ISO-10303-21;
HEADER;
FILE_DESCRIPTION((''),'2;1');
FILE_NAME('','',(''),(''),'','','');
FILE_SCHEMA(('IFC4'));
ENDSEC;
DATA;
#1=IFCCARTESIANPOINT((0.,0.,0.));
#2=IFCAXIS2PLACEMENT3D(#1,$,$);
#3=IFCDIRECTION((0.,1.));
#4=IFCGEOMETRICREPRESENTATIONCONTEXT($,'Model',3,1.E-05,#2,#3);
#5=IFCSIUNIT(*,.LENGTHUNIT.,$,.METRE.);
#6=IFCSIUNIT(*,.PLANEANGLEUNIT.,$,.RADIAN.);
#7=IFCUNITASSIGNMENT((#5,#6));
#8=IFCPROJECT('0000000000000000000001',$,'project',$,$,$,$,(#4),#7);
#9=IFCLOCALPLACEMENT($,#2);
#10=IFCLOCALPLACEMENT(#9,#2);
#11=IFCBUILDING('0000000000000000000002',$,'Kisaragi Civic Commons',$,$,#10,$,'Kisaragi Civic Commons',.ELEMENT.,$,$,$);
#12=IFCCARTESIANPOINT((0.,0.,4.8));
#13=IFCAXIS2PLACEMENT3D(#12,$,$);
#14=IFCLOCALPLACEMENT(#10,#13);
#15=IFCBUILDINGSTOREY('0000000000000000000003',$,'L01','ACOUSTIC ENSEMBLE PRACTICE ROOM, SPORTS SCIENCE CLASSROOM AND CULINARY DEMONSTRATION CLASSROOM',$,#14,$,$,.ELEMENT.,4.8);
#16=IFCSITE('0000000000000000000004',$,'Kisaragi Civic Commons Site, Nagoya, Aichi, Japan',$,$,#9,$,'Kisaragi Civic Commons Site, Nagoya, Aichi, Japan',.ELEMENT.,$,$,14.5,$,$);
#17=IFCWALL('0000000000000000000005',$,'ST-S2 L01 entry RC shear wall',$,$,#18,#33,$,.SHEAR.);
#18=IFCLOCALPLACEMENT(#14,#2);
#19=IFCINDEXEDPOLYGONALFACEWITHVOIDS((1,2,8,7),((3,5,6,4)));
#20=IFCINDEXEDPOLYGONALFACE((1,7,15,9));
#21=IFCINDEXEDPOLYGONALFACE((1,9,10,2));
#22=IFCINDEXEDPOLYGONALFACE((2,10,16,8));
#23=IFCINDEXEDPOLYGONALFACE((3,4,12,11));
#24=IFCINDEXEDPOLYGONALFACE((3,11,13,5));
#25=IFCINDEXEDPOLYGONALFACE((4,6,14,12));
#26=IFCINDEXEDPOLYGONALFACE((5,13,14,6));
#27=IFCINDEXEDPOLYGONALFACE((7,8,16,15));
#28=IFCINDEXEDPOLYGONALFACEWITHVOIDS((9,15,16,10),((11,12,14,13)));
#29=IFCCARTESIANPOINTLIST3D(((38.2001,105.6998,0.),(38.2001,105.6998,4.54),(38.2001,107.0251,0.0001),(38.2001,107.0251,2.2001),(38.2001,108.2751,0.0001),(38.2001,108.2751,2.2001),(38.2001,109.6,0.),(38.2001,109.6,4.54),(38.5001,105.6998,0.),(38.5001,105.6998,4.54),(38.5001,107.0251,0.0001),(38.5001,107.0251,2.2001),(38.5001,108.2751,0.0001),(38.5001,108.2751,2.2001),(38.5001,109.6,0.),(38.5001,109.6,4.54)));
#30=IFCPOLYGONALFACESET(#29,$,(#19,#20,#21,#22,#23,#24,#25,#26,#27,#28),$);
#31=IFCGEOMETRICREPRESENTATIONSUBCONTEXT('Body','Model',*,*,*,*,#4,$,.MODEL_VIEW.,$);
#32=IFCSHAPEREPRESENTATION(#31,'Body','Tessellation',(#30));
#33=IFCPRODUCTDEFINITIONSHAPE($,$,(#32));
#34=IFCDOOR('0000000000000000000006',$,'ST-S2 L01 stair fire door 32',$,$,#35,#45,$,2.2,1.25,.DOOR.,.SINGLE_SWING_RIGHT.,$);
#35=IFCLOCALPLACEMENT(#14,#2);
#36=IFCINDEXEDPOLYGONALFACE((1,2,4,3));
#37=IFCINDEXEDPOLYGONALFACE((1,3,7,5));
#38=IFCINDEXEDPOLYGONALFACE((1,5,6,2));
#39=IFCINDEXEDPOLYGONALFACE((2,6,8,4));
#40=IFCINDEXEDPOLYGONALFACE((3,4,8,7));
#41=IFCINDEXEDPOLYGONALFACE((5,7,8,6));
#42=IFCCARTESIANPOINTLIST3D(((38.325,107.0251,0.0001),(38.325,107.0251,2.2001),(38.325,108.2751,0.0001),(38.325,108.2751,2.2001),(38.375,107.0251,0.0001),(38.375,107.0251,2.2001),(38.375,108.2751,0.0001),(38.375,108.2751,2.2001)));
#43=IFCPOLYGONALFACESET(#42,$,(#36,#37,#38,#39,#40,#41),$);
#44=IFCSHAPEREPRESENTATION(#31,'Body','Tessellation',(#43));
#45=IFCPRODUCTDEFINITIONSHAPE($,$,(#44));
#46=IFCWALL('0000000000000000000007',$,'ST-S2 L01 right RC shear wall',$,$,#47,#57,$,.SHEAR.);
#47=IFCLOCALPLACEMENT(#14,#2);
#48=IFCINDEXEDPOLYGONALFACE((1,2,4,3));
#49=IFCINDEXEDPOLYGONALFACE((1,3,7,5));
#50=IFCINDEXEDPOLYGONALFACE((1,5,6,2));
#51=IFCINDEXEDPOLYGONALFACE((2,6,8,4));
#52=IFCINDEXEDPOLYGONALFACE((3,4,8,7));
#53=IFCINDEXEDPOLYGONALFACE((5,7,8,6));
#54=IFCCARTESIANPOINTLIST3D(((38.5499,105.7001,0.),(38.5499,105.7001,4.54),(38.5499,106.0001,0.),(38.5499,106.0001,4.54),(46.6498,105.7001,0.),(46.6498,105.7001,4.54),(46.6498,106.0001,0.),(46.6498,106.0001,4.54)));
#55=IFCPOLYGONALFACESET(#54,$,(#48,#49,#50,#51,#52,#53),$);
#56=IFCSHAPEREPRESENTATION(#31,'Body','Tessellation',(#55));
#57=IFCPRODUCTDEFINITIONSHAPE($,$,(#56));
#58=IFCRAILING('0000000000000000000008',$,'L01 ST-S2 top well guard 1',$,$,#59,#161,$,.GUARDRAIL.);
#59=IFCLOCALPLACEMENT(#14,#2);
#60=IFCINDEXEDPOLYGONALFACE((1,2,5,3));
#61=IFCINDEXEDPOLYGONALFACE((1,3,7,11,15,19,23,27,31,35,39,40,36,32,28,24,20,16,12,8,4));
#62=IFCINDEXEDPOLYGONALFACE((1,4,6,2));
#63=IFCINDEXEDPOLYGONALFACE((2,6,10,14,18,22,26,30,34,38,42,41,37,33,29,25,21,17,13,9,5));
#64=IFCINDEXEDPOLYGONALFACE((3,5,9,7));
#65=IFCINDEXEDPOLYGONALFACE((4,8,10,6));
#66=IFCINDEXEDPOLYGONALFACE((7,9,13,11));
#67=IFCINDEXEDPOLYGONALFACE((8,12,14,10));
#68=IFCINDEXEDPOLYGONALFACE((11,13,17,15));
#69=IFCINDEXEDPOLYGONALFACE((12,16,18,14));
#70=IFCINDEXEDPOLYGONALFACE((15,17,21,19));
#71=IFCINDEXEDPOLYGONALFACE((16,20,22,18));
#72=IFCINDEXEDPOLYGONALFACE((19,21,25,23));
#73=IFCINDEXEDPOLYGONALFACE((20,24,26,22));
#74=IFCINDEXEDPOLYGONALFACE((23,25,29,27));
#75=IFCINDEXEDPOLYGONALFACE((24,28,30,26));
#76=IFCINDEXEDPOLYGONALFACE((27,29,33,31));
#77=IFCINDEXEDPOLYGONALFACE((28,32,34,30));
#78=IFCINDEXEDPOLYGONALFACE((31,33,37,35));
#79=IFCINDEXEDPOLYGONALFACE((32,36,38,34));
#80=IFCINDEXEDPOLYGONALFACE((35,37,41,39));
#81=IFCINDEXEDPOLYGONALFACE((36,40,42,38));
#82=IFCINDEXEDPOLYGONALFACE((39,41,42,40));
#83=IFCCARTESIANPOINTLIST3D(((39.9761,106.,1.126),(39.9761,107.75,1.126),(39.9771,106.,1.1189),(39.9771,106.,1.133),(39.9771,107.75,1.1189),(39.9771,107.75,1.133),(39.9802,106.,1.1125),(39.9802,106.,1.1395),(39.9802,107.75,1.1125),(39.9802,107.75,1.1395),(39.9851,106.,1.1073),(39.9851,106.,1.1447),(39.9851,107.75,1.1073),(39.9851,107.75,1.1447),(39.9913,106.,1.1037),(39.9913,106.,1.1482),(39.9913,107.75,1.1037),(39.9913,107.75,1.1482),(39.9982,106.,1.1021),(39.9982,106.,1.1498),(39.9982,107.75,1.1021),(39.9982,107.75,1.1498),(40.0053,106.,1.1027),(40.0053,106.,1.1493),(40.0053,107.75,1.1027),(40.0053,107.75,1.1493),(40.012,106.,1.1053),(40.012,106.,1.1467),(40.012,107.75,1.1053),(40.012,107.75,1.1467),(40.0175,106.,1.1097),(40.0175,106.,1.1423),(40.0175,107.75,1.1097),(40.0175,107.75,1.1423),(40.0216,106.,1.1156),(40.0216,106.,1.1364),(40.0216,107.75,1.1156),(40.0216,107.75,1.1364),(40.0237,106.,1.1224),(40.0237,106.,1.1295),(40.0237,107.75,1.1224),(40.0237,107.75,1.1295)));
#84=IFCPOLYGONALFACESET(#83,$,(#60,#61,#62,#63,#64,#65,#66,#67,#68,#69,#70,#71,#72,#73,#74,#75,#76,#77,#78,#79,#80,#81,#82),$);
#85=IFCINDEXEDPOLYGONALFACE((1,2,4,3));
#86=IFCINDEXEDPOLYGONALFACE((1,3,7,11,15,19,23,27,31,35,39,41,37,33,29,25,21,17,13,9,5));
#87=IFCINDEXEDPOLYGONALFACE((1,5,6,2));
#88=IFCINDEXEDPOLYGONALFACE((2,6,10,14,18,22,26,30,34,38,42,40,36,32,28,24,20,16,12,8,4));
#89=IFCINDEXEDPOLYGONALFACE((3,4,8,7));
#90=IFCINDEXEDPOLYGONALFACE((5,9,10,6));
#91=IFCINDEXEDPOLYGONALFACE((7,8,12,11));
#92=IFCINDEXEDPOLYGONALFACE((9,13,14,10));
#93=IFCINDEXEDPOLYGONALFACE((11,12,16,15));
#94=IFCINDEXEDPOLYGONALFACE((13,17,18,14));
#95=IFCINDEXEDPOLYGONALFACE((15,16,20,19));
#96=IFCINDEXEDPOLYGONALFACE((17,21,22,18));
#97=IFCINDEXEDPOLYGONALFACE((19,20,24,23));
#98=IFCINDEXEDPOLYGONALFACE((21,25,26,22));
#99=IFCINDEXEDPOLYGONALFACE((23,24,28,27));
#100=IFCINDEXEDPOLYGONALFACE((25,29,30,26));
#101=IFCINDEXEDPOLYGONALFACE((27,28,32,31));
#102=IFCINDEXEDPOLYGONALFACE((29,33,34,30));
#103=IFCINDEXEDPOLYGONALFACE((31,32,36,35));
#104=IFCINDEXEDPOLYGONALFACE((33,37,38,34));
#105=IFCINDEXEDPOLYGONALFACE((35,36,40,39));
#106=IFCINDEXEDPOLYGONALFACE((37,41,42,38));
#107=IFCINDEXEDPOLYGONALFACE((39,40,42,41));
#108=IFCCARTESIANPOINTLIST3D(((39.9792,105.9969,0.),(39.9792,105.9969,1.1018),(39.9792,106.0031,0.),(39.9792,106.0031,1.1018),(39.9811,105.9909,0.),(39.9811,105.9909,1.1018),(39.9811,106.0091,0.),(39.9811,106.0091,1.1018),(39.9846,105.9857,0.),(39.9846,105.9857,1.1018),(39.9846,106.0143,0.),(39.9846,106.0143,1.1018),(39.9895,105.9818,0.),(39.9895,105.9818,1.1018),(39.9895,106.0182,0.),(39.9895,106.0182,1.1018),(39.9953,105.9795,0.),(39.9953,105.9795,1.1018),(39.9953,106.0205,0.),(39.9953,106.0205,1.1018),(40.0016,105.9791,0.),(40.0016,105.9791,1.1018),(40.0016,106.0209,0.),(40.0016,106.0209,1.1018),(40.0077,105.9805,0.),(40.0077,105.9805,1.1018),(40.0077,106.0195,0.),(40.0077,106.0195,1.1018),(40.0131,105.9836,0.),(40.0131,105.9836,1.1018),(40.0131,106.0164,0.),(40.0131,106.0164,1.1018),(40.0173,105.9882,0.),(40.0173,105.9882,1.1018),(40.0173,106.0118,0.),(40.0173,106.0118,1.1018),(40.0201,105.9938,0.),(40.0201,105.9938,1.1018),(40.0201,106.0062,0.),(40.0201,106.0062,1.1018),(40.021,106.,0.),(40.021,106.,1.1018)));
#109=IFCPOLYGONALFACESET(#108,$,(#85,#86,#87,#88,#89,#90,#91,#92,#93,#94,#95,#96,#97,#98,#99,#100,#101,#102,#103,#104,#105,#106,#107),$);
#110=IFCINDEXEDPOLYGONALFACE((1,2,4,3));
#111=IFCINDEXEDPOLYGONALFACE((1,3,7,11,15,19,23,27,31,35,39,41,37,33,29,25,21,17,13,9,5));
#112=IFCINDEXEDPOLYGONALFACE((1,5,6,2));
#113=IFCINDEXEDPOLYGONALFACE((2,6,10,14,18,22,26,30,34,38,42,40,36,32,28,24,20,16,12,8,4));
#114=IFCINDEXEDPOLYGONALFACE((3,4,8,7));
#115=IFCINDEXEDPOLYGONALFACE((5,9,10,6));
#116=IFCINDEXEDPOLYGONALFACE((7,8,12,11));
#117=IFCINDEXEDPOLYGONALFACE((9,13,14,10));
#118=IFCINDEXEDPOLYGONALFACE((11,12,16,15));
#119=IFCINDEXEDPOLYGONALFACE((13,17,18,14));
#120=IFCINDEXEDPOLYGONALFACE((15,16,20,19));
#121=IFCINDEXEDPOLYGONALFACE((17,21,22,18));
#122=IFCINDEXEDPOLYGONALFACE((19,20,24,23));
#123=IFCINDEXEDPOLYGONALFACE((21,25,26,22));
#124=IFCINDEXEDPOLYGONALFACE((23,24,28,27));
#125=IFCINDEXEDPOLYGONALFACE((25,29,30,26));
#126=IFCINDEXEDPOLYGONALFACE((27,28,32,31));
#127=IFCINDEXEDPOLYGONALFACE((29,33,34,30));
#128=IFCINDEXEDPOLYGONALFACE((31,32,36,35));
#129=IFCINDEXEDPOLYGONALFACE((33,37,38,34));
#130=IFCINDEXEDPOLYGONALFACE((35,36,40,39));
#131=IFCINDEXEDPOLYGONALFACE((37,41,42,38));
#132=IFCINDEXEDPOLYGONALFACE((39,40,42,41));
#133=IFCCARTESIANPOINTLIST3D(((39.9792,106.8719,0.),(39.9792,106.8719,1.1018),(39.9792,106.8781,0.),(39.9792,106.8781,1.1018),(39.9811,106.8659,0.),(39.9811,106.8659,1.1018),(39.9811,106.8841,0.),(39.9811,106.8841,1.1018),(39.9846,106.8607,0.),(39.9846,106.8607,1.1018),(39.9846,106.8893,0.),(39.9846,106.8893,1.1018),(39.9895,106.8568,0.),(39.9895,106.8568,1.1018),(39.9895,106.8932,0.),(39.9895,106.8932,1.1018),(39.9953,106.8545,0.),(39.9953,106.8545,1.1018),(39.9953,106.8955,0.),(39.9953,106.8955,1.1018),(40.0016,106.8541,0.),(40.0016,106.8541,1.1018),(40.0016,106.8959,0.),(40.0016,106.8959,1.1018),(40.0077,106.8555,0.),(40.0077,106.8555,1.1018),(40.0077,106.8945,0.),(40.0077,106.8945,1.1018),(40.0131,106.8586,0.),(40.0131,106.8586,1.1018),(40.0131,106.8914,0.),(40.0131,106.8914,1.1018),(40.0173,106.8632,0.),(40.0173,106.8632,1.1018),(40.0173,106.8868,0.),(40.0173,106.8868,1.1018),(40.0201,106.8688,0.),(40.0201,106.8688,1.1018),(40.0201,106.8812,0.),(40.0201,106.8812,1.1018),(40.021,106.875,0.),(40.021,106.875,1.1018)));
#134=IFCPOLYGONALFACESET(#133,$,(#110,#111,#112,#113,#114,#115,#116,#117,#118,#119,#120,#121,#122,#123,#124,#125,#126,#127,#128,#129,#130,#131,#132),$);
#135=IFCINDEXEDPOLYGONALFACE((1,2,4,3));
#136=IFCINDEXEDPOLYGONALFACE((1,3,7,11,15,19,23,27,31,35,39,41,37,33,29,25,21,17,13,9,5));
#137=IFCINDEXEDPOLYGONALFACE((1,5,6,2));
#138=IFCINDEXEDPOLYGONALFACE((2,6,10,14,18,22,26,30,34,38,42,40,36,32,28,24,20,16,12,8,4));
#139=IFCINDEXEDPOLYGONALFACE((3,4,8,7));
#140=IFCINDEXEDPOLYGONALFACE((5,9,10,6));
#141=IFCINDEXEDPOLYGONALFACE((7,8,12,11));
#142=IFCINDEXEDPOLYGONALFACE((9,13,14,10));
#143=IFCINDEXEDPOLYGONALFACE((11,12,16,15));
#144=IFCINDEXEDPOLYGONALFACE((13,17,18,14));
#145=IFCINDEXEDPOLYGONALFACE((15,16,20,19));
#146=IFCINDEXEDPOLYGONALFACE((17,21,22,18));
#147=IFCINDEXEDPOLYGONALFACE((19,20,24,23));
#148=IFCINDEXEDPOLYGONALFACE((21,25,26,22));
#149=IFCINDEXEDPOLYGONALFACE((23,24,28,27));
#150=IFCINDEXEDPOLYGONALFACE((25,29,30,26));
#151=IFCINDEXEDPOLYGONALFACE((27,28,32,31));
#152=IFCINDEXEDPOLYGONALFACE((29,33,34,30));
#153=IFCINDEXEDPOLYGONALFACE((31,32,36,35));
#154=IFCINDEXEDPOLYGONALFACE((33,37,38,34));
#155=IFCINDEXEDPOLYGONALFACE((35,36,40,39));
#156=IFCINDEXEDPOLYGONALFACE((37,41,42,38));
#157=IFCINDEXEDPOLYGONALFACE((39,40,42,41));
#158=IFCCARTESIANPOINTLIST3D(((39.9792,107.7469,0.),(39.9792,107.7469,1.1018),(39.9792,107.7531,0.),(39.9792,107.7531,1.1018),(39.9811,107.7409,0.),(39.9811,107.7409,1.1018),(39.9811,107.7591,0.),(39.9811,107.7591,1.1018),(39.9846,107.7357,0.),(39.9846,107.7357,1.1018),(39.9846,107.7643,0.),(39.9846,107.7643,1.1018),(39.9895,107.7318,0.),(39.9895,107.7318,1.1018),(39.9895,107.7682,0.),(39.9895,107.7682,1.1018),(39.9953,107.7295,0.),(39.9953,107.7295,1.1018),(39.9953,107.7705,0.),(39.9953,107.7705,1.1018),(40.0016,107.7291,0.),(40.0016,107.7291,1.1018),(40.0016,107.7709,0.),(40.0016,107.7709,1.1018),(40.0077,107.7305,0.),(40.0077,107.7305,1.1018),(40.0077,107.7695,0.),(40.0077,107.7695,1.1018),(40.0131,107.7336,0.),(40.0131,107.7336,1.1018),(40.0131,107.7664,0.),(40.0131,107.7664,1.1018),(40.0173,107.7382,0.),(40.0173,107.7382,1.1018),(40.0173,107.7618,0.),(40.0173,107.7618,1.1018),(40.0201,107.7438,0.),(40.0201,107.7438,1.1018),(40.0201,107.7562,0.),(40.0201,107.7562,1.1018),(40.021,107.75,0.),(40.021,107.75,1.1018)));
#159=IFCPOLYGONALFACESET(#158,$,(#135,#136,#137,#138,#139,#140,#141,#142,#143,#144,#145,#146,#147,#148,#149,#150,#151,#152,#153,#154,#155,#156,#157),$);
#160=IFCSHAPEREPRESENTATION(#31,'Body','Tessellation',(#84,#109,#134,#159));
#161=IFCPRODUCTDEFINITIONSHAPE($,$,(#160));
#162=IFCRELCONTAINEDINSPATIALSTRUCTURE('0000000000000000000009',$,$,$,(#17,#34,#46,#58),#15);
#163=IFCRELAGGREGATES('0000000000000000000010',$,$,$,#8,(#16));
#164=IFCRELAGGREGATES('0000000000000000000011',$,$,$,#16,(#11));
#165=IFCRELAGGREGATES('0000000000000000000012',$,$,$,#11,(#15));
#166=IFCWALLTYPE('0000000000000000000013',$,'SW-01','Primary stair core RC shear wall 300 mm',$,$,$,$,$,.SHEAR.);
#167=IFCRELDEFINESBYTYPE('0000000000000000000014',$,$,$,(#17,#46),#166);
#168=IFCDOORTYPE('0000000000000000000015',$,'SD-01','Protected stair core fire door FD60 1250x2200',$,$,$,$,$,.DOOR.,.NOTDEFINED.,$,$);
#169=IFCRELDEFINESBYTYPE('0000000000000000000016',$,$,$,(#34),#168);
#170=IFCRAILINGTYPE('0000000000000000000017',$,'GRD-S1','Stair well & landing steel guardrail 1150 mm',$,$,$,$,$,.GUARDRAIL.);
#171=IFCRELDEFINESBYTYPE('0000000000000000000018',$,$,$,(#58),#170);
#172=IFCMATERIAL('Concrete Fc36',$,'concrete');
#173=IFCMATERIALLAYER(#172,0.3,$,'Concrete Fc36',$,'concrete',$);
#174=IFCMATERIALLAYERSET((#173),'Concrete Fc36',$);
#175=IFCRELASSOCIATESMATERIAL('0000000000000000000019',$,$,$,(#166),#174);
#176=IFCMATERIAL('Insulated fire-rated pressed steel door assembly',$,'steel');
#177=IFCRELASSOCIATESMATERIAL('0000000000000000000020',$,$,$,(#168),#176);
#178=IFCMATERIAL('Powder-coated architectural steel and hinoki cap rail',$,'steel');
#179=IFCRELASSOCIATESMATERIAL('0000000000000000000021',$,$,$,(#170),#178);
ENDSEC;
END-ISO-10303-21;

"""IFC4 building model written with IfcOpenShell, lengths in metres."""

from ifc_helpers import new_model, si_unit, direction, frame, frame_2d, origin, origin_2d, place, context, subcontext, project, spatial, rectangle, circle, extrude, material, layer, layer_set, type_object, element, fill, save


model = new_model("IFC4")

# Units and contexts
model_context = context("Model", 3, precision=1e-05, world=origin(), true_north=direction((0.0, 1.0)))
body_context = subcontext(model_context, "Body", "Model", "MODEL_VIEW")
ifc_project = project(units=[si_unit("LENGTHUNIT", "METRE"), si_unit("PLANEANGLEUNIT", "RADIAN")], contexts=[model_context])

# Site, building, storey
site_placement = place(None, origin())
site = spatial("IfcSite", under=ifc_project, at=site_placement, Name="Kisaragi Civic Commons Site, Nagoya, Aichi, Japan", LongName="Kisaragi Civic Commons Site, Nagoya, Aichi, Japan", CompositionType="ELEMENT", RefElevation=14.5)
building_placement = place(site_placement, origin())
building = spatial("IfcBuilding", under=site, at=building_placement, Name="Kisaragi Civic Commons", LongName="Kisaragi Civic Commons", CompositionType="ELEMENT")
storey_placement = place(building_placement, frame((0.0, 0.0, 4.8)))
storey = spatial("IfcBuildingStorey", under=building, at=storey_placement, Name="L01", Description="ACOUSTIC ENSEMBLE PRACTICE ROOM, SPORTS SCIENCE CLASSROOM AND CULINARY DEMONSTRATION CLASSROOM", CompositionType="ELEMENT", Elevation=4.8)

# Shared definitions
ifc_material_1 = material(Name="Concrete Fc36", Category="concrete")

# Wall, opening, door
ifc_layer_1 = layer(ifc_material_1, 0.3, Name="Concrete Fc36", Category="concrete")
ifc_layer_set_1 = layer_set([ifc_layer_1], Name="Concrete Fc36")
wall_type_1 = type_object("IfcWallType", Name="SW-01", Description="Primary stair core RC shear wall 300 mm", PredefinedType="SHEAR", material=ifc_layer_set_1)
wall_1_placement = place(storey_placement, frame((38.3501, 109.6001, 0.0), z_axis=(0.0, 0.0, 1.0), x_axis=(0.0, -1.0, 0.0)))
wall_1 = element("IfcWall", 1, at=wall_1_placement, inside=storey, type_object=wall_type_1, Name="ST-S2 L01 entry RC shear wall", PredefinedType="SHEAR", context=body_context, shape_type="SweptSolid", body=[
    extrude(rectangle(XDim=3.9001, YDim=0.3, at=frame_2d((1.9502, 0.0))), origin(), (0.0, 0.0, 1.0), 4.54),
])
opening_1_placement = place(wall_1_placement, frame((1.325, 0.0, 0.0)))
opening_1 = element("IfcOpeningElement", 2, at=opening_1_placement, cuts=wall_1, PredefinedType="OPENING", context=body_context, shape_type="SweptSolid", body=[
    extrude(rectangle(XDim=1.25, YDim=2.2, at=frame_2d((0.625, 1.1001))), frame((0.0, 0.1599, 0.0), z_axis=(0.0, -1.0, 0.0), x_axis=(1.0, 0.0, 0.0)), (0.0, 0.0, 1.0), 0.3201),
])
ifc_material_2 = material(Name="Insulated fire-rated pressed steel door assembly", Category="steel")
door_type_1 = type_object("IfcDoorType", Name="SD-01", Description="Protected stair core fire door FD60 1250x2200", OperationType="NOTDEFINED", PredefinedType="DOOR", material=ifc_material_2)
door_1_placement = place(opening_1_placement, origin())
door_1 = element("IfcDoor", 3, at=door_1_placement, inside=storey, type_object=door_type_1, Name="ST-S2 L01 stair fire door 32", OperationType="SINGLE_SWING_RIGHT", OverallHeight=2.2, OverallWidth=1.25, PredefinedType="DOOR", context=body_context, shape_type="SweptSolid", body=[
    extrude(rectangle(XDim=1.25, YDim=2.2, at=frame_2d((0.625, 1.1001))), frame((0.0, 0.0249, 0.0), z_axis=(0.0, -1.0, 0.0), x_axis=(1.0, 0.0, 0.0)), (0.0, 0.0, 1.0), 0.05),
])
fill(opening_1, door_1)

# Wall
wall_2_placement = place(storey_placement, frame((38.55, 105.8501, 0.0), z_axis=(0.0, 0.0, 1.0), x_axis=(1.0, 0.0, 0.0)))
element("IfcWall", 4, at=wall_2_placement, inside=storey, type_object=wall_type_1, Name="ST-S2 L01 right RC shear wall", PredefinedType="SHEAR", context=body_context, shape_type="SweptSolid", body=[
    extrude(rectangle(XDim=8.0999, YDim=0.3, at=frame_2d((4.0498, 0.0))), origin(), (0.0, 0.0, 1.0), 4.54),
])

# Railing
ifc_material_3 = material(Name="Powder-coated architectural steel and hinoki cap rail", Category="steel")
railing_type_1 = type_object("IfcRailingType", Name="GRD-S1", Description="Stair well & landing steel guardrail 1150 mm", PredefinedType="GUARDRAIL", material=ifc_material_3)
railing_1_placement = place(storey_placement, frame((40.0, 106.0, 0.0)))
element("IfcRailing", 5, at=railing_1_placement, inside=storey, type_object=railing_type_1, Name="L01 ST-S2 top well guard 1", PredefinedType="GUARDRAIL", context=body_context, shape_type="SweptSolid", body=[
    extrude(circle(Radius=0.0239, at=origin_2d()), frame((0.0, 0.0, 1.126), z_axis=(0.0, 1.0, 0.0), x_axis=(-1.0, 0.0, 0.0)), (0.0, 0.0, 1.0), 1.75),
    extrude(circle(Radius=0.021, at=origin_2d()), origin(), (0.0, 0.0, 1.0), 1.1018),
    extrude(circle(Radius=0.021, at=origin_2d()), frame((0.0, 0.875, 0.0)), (0.0, 0.0, 1.0), 1.1018),
    extrude(circle(Radius=0.021, at=origin_2d()), frame((0.0, 1.75, 0.0)), (0.0, 0.0, 1.0), 1.1018),
])

save(model, "model.ifc")
